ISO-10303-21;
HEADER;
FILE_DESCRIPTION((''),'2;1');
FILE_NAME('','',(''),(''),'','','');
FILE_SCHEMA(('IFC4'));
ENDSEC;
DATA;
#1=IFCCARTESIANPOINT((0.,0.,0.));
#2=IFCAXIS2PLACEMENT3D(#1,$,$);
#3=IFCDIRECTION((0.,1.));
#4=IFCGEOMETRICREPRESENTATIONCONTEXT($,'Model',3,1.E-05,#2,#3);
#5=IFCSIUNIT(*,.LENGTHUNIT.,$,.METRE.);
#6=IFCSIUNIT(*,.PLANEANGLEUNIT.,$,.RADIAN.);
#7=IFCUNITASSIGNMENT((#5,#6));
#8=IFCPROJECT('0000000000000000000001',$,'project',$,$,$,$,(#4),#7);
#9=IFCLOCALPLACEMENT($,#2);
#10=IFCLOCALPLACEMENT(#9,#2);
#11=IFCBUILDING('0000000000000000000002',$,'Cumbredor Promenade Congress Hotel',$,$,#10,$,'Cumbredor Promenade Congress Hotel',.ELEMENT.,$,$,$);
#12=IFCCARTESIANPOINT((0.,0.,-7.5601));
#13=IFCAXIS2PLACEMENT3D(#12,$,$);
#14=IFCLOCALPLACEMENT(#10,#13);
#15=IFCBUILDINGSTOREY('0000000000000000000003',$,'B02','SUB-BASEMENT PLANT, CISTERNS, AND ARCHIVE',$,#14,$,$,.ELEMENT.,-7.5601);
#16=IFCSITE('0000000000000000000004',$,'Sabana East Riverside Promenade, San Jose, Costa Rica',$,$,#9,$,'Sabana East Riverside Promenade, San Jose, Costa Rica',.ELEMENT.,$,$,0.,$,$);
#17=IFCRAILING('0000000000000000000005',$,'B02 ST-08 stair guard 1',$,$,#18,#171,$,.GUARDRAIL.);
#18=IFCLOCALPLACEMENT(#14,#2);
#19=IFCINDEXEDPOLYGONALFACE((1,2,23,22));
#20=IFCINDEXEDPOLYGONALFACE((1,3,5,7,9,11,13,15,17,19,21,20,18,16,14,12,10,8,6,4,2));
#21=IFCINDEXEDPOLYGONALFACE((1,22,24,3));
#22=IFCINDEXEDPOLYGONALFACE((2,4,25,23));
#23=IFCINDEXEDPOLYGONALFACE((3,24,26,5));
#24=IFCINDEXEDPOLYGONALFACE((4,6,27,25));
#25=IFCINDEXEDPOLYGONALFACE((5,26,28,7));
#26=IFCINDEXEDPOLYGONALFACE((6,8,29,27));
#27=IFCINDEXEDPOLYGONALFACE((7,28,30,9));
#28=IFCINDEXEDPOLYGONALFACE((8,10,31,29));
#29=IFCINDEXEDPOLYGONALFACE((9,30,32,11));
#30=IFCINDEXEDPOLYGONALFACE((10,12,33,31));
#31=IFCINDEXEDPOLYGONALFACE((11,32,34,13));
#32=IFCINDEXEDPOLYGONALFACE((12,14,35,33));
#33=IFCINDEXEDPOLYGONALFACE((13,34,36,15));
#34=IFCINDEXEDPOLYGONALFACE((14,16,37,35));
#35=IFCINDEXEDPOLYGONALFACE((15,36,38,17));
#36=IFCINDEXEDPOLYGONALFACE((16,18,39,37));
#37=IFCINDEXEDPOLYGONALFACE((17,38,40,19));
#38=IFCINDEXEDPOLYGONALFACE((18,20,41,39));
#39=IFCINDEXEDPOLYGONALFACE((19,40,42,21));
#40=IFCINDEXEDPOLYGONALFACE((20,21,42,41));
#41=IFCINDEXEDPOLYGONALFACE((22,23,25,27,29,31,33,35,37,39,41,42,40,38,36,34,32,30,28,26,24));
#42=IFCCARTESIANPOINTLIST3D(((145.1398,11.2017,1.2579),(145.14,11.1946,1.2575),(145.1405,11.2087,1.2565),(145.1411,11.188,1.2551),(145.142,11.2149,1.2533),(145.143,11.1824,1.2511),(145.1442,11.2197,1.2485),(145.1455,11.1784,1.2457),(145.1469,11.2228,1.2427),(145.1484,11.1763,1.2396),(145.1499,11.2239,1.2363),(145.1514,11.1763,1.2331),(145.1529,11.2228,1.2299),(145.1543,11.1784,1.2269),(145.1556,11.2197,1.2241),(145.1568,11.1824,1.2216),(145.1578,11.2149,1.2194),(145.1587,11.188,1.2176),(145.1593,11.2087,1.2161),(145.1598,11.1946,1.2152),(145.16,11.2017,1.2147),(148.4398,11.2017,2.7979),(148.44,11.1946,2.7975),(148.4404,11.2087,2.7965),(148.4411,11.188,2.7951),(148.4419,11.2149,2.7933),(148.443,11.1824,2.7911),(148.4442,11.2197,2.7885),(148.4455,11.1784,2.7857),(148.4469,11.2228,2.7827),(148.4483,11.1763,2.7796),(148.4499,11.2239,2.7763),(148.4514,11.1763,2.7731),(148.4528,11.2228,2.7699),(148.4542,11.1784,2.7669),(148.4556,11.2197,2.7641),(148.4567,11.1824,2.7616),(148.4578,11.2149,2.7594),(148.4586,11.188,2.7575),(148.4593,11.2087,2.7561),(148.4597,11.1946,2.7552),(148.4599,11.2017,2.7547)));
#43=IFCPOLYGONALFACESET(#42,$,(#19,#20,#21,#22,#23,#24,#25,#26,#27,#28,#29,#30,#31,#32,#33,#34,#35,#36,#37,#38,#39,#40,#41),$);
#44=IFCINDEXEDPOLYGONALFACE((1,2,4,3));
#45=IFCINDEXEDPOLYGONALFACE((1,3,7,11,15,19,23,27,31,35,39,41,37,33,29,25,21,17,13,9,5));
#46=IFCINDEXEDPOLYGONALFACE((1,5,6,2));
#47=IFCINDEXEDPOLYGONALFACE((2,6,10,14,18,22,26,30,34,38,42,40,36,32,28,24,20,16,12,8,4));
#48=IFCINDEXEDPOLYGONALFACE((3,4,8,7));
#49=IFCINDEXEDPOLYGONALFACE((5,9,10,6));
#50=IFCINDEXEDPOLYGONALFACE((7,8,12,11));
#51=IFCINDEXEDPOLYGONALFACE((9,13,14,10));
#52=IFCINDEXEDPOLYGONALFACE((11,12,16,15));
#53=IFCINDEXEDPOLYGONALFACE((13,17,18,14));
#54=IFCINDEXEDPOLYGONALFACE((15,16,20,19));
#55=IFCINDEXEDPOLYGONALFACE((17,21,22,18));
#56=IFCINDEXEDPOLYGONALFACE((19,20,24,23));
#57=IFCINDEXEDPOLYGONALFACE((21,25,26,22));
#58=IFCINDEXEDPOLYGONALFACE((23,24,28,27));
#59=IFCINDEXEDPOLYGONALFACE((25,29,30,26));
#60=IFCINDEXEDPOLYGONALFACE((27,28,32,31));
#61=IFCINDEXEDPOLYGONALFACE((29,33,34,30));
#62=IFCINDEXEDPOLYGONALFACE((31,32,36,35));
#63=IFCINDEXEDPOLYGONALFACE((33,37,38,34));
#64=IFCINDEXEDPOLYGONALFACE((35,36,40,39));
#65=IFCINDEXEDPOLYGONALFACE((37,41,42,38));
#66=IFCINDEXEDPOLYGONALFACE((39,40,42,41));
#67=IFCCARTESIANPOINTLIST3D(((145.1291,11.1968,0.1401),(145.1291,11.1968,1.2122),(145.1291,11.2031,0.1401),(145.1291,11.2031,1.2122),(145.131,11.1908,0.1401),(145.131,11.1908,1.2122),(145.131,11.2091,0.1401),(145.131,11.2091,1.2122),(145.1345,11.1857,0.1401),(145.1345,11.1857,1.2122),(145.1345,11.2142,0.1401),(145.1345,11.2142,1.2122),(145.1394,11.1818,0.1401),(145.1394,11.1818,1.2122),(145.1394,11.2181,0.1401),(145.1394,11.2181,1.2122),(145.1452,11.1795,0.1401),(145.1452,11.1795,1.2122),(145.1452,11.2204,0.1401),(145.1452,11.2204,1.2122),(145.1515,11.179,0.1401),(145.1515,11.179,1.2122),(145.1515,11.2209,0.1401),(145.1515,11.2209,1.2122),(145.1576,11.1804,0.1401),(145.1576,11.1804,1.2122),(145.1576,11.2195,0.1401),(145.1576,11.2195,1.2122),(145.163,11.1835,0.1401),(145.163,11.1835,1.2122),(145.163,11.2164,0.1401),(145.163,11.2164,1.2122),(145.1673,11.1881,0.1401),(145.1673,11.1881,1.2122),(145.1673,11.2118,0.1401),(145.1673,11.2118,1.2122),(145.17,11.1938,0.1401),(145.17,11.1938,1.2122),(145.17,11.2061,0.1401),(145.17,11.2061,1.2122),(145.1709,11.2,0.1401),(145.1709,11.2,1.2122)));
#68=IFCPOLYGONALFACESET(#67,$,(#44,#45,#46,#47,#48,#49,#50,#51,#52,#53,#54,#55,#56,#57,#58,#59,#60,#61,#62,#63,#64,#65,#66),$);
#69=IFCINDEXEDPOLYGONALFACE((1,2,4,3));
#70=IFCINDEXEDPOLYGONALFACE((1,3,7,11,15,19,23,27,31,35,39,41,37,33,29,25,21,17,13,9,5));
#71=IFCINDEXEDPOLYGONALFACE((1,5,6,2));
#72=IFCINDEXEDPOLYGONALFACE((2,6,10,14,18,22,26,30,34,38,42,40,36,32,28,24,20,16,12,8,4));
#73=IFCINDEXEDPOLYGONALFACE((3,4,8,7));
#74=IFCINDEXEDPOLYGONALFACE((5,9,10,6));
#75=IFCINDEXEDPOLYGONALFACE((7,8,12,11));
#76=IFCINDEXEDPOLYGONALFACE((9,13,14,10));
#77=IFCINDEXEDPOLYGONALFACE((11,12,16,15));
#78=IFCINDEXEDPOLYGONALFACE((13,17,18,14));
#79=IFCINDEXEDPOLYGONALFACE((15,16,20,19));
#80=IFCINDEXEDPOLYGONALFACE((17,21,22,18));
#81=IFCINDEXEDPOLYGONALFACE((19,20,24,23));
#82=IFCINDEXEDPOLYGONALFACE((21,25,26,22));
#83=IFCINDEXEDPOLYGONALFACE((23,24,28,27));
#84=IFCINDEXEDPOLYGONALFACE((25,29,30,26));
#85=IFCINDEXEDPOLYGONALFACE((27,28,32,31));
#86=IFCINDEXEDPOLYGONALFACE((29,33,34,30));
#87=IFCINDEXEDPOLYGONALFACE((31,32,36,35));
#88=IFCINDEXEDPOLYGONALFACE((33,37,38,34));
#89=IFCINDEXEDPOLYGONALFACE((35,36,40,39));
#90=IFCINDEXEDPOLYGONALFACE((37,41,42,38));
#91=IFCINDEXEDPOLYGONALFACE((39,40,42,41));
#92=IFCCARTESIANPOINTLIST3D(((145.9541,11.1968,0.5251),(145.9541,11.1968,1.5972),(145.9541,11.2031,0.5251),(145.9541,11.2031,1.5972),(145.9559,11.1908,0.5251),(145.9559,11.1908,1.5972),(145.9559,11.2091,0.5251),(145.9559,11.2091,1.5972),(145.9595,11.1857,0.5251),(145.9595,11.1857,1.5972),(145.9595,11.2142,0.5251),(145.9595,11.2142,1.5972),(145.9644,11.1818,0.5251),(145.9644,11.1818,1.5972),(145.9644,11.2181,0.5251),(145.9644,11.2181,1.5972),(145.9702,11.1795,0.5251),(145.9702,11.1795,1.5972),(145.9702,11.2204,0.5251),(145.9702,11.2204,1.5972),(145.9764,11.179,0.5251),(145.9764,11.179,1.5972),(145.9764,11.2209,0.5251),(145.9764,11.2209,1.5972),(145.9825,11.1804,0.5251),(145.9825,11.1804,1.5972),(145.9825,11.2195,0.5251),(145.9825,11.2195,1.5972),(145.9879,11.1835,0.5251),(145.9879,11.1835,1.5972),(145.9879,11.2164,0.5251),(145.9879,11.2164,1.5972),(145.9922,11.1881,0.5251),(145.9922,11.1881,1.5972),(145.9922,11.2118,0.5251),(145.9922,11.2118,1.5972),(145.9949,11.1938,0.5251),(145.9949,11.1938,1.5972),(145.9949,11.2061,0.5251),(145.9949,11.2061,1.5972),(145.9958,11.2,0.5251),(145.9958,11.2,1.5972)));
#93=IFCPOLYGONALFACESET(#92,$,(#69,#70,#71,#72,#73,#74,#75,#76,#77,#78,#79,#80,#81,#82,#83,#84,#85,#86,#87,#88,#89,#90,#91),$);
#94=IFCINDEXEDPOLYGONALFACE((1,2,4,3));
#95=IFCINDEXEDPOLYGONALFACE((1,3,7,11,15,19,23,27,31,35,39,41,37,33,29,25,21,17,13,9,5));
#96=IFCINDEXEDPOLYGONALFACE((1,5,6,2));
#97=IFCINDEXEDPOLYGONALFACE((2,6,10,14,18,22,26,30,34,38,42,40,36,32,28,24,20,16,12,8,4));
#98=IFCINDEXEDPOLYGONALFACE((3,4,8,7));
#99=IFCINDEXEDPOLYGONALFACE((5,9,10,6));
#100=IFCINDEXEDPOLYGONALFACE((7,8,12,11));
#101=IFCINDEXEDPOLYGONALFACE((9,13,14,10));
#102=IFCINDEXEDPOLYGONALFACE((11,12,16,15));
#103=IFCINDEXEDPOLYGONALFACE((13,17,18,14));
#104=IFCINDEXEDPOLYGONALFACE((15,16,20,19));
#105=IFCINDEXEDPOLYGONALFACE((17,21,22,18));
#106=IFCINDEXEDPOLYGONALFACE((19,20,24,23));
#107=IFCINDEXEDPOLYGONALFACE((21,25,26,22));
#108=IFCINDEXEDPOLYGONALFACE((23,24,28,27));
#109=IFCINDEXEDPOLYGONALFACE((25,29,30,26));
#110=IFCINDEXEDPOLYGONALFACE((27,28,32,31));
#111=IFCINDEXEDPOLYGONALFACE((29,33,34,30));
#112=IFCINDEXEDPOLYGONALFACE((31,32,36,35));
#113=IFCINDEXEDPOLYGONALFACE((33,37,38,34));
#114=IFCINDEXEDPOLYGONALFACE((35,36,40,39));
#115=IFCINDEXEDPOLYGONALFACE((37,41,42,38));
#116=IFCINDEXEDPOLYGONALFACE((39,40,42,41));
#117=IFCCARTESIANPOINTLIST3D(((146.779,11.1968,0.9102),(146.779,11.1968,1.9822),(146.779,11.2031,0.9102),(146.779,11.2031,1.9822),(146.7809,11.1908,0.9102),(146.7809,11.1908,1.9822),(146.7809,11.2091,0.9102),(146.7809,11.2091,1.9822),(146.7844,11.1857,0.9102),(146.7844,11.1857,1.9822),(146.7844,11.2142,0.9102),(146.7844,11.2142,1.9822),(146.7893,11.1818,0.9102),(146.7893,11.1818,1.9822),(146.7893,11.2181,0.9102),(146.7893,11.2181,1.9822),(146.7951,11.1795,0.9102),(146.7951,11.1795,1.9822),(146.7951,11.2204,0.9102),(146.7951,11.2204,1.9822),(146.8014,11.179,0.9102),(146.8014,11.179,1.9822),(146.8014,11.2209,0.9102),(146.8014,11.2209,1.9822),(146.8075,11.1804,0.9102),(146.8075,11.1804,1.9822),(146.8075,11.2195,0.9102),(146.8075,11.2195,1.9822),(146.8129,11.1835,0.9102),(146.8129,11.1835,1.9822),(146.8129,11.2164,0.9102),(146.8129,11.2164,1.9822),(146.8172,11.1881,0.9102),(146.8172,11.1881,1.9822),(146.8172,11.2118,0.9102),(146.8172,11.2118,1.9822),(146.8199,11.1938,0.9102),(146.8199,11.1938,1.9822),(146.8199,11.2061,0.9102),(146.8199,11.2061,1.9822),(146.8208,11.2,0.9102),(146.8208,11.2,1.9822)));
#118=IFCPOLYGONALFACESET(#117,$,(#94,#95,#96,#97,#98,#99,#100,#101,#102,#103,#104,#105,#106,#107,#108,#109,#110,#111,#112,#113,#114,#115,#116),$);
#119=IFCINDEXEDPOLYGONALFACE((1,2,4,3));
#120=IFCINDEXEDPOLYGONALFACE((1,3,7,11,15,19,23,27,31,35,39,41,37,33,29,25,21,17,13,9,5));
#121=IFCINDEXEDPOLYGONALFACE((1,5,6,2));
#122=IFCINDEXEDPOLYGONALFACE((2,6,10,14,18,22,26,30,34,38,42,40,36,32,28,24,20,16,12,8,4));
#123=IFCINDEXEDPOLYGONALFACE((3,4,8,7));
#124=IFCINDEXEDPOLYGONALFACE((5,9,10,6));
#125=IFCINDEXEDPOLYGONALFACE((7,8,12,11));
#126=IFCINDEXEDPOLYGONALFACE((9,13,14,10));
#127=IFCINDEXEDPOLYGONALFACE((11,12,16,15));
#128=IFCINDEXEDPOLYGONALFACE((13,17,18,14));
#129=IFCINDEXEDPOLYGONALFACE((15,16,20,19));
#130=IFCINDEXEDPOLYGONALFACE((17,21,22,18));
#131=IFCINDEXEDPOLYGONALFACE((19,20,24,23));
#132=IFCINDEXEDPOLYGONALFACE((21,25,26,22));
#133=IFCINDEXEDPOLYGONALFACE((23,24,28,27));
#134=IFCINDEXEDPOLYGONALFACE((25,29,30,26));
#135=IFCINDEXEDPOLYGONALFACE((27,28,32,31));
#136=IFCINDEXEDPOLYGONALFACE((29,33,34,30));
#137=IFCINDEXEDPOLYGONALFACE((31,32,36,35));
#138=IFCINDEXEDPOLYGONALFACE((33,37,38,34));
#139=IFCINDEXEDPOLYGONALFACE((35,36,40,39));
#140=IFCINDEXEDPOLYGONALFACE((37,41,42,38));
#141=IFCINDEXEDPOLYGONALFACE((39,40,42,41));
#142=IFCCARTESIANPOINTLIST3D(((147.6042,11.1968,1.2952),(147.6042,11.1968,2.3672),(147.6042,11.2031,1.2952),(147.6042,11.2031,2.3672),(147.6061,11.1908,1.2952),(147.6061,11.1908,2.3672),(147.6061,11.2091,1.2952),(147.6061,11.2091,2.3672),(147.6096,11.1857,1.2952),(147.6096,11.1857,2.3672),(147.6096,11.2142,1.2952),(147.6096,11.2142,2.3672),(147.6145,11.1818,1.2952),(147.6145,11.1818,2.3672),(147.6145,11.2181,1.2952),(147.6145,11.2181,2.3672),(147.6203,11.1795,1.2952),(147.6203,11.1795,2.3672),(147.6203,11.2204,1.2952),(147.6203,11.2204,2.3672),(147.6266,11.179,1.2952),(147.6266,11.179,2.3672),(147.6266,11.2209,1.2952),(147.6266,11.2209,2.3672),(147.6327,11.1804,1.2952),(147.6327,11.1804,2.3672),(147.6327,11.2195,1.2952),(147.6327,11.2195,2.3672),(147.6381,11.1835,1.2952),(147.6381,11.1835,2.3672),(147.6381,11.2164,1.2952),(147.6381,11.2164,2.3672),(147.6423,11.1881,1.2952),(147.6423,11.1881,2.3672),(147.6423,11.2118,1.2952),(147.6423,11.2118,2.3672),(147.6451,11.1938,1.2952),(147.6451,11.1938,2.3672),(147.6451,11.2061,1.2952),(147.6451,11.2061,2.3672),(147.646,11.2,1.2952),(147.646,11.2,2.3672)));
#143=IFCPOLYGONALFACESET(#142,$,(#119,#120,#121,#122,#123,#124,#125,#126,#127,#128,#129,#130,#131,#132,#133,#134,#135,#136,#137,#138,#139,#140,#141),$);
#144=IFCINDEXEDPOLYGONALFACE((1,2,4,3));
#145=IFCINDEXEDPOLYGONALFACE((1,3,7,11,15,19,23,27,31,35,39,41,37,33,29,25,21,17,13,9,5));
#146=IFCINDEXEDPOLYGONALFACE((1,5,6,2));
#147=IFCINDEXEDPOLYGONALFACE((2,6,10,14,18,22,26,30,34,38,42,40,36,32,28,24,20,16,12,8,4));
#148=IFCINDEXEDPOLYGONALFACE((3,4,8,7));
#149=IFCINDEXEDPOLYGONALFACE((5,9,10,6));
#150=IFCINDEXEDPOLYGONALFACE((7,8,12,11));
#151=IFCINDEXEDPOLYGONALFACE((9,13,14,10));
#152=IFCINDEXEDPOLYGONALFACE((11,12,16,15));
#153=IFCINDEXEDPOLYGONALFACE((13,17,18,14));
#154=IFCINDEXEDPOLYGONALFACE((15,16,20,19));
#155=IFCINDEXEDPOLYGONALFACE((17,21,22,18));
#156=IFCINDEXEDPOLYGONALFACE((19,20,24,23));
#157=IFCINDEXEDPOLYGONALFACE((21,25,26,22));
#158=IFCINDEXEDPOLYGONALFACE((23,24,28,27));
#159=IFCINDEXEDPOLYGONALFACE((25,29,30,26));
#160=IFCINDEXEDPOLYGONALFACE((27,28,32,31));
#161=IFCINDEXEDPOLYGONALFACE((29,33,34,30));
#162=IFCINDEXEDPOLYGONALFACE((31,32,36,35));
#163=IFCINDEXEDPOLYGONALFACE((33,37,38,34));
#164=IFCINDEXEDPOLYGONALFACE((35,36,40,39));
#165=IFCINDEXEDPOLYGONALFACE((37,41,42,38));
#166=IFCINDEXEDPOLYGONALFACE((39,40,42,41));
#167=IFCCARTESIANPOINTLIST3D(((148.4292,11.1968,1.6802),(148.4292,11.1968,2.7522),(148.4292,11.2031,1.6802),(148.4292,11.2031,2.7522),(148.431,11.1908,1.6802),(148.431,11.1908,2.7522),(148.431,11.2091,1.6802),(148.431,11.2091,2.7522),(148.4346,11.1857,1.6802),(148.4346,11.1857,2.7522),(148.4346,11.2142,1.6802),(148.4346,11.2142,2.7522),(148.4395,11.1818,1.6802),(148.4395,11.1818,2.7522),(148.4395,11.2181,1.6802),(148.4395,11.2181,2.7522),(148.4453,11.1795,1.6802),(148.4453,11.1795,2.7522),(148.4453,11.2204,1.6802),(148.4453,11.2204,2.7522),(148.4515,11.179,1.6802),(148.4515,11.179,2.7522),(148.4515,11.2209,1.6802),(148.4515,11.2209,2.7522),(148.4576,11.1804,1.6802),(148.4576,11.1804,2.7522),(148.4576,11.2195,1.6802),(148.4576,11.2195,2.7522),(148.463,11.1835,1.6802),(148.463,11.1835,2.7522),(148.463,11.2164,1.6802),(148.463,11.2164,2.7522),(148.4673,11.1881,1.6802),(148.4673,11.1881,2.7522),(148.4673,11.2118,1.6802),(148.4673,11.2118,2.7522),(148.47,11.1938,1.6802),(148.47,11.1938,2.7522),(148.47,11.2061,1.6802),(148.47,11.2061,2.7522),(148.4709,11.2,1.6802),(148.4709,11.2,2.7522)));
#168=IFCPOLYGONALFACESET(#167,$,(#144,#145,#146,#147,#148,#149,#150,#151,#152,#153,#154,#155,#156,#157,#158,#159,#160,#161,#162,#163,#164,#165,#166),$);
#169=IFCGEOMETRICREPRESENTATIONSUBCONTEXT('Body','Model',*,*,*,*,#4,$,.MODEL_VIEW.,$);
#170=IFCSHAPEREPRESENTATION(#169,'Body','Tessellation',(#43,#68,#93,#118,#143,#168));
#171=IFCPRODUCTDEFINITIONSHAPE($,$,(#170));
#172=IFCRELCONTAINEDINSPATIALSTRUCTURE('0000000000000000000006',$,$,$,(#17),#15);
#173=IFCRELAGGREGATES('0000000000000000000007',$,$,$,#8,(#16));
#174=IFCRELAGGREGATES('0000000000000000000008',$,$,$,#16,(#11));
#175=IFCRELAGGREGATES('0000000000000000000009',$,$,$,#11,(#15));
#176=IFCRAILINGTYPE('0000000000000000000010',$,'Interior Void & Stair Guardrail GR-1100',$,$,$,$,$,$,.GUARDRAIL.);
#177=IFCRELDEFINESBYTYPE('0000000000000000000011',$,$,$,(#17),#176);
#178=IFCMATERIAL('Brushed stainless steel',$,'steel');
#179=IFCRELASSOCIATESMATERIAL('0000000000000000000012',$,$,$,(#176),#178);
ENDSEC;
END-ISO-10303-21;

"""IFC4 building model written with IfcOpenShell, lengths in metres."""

from ifc_helpers import new_model, si_unit, direction, frame, origin, origin_2d, place, context, subcontext, project, spatial, circle, extrude, material, type_object, element, save


model = new_model("IFC4")

# Units and contexts
model_context = context("Model", 3, precision=1e-05, world=origin(), true_north=direction((0.0, 1.0)))
body_context = subcontext(model_context, "Body", "Model", "MODEL_VIEW")
ifc_project = project(units=[si_unit("LENGTHUNIT", "METRE"), si_unit("PLANEANGLEUNIT", "RADIAN")], contexts=[model_context])

# Site, building, storey
site_placement = place(None, origin())
site = spatial("IfcSite", under=ifc_project, at=site_placement, Name="Sabana East Riverside Promenade, San Jose, Costa Rica", LongName="Sabana East Riverside Promenade, San Jose, Costa Rica", CompositionType="ELEMENT", RefElevation=0.0)
building_placement = place(site_placement, origin())
building = spatial("IfcBuilding", under=site, at=building_placement, Name="Cumbredor Promenade Congress Hotel", LongName="Cumbredor Promenade Congress Hotel", CompositionType="ELEMENT")
storey_placement = place(building_placement, frame((0.0, 0.0, -7.5601)))
storey = spatial("IfcBuildingStorey", under=building, at=storey_placement, Name="B02", Description="SUB-BASEMENT PLANT, CISTERNS, AND ARCHIVE", CompositionType="ELEMENT", Elevation=-7.5601)

# Railing
ifc_material_1 = material(Name="Brushed stainless steel", Category="steel")
railing_type_1 = type_object("IfcRailingType", Name="Interior Void & Stair Guardrail GR-1100", PredefinedType="GUARDRAIL", material=ifc_material_1)
railing_1_placement = place(storey_placement, frame((145.1499, 11.2, 0.1401)))
element("IfcRailing", 1, at=railing_1_placement, inside=storey, type_object=railing_type_1, Name="B02 ST-08 stair guard 1", PredefinedType="GUARDRAIL", context=body_context, shape_type="SweptSolid", body=[
    extrude(circle(Radius=0.0239, at=origin_2d()), frame((0.0, 0.0, 1.0962), z_axis=(0.906181, 0.0, 0.422889), x_axis=(0.0, 1.0, 0.0)), (0.0, 0.0, 1.0), 3.6416),
    extrude(circle(Radius=0.021, at=origin_2d()), origin(), (0.0, 0.0, 1.0), 1.072),
    extrude(circle(Radius=0.021, at=origin_2d()), frame((0.825, 0.0, 0.385)), (0.0, 0.0, 1.0), 1.072),
    extrude(circle(Radius=0.021, at=origin_2d()), frame((1.6499, 0.0, 0.77)), (0.0, 0.0, 1.0), 1.072),
    extrude(circle(Radius=0.021, at=origin_2d()), frame((2.4751, 0.0, 1.155)), (0.0, 0.0, 1.0), 1.072),
    extrude(circle(Radius=0.021, at=origin_2d()), frame((3.3, 0.0, 1.54)), (0.0, 0.0, 1.0), 1.072),
])

save(model, "model.ifc")
